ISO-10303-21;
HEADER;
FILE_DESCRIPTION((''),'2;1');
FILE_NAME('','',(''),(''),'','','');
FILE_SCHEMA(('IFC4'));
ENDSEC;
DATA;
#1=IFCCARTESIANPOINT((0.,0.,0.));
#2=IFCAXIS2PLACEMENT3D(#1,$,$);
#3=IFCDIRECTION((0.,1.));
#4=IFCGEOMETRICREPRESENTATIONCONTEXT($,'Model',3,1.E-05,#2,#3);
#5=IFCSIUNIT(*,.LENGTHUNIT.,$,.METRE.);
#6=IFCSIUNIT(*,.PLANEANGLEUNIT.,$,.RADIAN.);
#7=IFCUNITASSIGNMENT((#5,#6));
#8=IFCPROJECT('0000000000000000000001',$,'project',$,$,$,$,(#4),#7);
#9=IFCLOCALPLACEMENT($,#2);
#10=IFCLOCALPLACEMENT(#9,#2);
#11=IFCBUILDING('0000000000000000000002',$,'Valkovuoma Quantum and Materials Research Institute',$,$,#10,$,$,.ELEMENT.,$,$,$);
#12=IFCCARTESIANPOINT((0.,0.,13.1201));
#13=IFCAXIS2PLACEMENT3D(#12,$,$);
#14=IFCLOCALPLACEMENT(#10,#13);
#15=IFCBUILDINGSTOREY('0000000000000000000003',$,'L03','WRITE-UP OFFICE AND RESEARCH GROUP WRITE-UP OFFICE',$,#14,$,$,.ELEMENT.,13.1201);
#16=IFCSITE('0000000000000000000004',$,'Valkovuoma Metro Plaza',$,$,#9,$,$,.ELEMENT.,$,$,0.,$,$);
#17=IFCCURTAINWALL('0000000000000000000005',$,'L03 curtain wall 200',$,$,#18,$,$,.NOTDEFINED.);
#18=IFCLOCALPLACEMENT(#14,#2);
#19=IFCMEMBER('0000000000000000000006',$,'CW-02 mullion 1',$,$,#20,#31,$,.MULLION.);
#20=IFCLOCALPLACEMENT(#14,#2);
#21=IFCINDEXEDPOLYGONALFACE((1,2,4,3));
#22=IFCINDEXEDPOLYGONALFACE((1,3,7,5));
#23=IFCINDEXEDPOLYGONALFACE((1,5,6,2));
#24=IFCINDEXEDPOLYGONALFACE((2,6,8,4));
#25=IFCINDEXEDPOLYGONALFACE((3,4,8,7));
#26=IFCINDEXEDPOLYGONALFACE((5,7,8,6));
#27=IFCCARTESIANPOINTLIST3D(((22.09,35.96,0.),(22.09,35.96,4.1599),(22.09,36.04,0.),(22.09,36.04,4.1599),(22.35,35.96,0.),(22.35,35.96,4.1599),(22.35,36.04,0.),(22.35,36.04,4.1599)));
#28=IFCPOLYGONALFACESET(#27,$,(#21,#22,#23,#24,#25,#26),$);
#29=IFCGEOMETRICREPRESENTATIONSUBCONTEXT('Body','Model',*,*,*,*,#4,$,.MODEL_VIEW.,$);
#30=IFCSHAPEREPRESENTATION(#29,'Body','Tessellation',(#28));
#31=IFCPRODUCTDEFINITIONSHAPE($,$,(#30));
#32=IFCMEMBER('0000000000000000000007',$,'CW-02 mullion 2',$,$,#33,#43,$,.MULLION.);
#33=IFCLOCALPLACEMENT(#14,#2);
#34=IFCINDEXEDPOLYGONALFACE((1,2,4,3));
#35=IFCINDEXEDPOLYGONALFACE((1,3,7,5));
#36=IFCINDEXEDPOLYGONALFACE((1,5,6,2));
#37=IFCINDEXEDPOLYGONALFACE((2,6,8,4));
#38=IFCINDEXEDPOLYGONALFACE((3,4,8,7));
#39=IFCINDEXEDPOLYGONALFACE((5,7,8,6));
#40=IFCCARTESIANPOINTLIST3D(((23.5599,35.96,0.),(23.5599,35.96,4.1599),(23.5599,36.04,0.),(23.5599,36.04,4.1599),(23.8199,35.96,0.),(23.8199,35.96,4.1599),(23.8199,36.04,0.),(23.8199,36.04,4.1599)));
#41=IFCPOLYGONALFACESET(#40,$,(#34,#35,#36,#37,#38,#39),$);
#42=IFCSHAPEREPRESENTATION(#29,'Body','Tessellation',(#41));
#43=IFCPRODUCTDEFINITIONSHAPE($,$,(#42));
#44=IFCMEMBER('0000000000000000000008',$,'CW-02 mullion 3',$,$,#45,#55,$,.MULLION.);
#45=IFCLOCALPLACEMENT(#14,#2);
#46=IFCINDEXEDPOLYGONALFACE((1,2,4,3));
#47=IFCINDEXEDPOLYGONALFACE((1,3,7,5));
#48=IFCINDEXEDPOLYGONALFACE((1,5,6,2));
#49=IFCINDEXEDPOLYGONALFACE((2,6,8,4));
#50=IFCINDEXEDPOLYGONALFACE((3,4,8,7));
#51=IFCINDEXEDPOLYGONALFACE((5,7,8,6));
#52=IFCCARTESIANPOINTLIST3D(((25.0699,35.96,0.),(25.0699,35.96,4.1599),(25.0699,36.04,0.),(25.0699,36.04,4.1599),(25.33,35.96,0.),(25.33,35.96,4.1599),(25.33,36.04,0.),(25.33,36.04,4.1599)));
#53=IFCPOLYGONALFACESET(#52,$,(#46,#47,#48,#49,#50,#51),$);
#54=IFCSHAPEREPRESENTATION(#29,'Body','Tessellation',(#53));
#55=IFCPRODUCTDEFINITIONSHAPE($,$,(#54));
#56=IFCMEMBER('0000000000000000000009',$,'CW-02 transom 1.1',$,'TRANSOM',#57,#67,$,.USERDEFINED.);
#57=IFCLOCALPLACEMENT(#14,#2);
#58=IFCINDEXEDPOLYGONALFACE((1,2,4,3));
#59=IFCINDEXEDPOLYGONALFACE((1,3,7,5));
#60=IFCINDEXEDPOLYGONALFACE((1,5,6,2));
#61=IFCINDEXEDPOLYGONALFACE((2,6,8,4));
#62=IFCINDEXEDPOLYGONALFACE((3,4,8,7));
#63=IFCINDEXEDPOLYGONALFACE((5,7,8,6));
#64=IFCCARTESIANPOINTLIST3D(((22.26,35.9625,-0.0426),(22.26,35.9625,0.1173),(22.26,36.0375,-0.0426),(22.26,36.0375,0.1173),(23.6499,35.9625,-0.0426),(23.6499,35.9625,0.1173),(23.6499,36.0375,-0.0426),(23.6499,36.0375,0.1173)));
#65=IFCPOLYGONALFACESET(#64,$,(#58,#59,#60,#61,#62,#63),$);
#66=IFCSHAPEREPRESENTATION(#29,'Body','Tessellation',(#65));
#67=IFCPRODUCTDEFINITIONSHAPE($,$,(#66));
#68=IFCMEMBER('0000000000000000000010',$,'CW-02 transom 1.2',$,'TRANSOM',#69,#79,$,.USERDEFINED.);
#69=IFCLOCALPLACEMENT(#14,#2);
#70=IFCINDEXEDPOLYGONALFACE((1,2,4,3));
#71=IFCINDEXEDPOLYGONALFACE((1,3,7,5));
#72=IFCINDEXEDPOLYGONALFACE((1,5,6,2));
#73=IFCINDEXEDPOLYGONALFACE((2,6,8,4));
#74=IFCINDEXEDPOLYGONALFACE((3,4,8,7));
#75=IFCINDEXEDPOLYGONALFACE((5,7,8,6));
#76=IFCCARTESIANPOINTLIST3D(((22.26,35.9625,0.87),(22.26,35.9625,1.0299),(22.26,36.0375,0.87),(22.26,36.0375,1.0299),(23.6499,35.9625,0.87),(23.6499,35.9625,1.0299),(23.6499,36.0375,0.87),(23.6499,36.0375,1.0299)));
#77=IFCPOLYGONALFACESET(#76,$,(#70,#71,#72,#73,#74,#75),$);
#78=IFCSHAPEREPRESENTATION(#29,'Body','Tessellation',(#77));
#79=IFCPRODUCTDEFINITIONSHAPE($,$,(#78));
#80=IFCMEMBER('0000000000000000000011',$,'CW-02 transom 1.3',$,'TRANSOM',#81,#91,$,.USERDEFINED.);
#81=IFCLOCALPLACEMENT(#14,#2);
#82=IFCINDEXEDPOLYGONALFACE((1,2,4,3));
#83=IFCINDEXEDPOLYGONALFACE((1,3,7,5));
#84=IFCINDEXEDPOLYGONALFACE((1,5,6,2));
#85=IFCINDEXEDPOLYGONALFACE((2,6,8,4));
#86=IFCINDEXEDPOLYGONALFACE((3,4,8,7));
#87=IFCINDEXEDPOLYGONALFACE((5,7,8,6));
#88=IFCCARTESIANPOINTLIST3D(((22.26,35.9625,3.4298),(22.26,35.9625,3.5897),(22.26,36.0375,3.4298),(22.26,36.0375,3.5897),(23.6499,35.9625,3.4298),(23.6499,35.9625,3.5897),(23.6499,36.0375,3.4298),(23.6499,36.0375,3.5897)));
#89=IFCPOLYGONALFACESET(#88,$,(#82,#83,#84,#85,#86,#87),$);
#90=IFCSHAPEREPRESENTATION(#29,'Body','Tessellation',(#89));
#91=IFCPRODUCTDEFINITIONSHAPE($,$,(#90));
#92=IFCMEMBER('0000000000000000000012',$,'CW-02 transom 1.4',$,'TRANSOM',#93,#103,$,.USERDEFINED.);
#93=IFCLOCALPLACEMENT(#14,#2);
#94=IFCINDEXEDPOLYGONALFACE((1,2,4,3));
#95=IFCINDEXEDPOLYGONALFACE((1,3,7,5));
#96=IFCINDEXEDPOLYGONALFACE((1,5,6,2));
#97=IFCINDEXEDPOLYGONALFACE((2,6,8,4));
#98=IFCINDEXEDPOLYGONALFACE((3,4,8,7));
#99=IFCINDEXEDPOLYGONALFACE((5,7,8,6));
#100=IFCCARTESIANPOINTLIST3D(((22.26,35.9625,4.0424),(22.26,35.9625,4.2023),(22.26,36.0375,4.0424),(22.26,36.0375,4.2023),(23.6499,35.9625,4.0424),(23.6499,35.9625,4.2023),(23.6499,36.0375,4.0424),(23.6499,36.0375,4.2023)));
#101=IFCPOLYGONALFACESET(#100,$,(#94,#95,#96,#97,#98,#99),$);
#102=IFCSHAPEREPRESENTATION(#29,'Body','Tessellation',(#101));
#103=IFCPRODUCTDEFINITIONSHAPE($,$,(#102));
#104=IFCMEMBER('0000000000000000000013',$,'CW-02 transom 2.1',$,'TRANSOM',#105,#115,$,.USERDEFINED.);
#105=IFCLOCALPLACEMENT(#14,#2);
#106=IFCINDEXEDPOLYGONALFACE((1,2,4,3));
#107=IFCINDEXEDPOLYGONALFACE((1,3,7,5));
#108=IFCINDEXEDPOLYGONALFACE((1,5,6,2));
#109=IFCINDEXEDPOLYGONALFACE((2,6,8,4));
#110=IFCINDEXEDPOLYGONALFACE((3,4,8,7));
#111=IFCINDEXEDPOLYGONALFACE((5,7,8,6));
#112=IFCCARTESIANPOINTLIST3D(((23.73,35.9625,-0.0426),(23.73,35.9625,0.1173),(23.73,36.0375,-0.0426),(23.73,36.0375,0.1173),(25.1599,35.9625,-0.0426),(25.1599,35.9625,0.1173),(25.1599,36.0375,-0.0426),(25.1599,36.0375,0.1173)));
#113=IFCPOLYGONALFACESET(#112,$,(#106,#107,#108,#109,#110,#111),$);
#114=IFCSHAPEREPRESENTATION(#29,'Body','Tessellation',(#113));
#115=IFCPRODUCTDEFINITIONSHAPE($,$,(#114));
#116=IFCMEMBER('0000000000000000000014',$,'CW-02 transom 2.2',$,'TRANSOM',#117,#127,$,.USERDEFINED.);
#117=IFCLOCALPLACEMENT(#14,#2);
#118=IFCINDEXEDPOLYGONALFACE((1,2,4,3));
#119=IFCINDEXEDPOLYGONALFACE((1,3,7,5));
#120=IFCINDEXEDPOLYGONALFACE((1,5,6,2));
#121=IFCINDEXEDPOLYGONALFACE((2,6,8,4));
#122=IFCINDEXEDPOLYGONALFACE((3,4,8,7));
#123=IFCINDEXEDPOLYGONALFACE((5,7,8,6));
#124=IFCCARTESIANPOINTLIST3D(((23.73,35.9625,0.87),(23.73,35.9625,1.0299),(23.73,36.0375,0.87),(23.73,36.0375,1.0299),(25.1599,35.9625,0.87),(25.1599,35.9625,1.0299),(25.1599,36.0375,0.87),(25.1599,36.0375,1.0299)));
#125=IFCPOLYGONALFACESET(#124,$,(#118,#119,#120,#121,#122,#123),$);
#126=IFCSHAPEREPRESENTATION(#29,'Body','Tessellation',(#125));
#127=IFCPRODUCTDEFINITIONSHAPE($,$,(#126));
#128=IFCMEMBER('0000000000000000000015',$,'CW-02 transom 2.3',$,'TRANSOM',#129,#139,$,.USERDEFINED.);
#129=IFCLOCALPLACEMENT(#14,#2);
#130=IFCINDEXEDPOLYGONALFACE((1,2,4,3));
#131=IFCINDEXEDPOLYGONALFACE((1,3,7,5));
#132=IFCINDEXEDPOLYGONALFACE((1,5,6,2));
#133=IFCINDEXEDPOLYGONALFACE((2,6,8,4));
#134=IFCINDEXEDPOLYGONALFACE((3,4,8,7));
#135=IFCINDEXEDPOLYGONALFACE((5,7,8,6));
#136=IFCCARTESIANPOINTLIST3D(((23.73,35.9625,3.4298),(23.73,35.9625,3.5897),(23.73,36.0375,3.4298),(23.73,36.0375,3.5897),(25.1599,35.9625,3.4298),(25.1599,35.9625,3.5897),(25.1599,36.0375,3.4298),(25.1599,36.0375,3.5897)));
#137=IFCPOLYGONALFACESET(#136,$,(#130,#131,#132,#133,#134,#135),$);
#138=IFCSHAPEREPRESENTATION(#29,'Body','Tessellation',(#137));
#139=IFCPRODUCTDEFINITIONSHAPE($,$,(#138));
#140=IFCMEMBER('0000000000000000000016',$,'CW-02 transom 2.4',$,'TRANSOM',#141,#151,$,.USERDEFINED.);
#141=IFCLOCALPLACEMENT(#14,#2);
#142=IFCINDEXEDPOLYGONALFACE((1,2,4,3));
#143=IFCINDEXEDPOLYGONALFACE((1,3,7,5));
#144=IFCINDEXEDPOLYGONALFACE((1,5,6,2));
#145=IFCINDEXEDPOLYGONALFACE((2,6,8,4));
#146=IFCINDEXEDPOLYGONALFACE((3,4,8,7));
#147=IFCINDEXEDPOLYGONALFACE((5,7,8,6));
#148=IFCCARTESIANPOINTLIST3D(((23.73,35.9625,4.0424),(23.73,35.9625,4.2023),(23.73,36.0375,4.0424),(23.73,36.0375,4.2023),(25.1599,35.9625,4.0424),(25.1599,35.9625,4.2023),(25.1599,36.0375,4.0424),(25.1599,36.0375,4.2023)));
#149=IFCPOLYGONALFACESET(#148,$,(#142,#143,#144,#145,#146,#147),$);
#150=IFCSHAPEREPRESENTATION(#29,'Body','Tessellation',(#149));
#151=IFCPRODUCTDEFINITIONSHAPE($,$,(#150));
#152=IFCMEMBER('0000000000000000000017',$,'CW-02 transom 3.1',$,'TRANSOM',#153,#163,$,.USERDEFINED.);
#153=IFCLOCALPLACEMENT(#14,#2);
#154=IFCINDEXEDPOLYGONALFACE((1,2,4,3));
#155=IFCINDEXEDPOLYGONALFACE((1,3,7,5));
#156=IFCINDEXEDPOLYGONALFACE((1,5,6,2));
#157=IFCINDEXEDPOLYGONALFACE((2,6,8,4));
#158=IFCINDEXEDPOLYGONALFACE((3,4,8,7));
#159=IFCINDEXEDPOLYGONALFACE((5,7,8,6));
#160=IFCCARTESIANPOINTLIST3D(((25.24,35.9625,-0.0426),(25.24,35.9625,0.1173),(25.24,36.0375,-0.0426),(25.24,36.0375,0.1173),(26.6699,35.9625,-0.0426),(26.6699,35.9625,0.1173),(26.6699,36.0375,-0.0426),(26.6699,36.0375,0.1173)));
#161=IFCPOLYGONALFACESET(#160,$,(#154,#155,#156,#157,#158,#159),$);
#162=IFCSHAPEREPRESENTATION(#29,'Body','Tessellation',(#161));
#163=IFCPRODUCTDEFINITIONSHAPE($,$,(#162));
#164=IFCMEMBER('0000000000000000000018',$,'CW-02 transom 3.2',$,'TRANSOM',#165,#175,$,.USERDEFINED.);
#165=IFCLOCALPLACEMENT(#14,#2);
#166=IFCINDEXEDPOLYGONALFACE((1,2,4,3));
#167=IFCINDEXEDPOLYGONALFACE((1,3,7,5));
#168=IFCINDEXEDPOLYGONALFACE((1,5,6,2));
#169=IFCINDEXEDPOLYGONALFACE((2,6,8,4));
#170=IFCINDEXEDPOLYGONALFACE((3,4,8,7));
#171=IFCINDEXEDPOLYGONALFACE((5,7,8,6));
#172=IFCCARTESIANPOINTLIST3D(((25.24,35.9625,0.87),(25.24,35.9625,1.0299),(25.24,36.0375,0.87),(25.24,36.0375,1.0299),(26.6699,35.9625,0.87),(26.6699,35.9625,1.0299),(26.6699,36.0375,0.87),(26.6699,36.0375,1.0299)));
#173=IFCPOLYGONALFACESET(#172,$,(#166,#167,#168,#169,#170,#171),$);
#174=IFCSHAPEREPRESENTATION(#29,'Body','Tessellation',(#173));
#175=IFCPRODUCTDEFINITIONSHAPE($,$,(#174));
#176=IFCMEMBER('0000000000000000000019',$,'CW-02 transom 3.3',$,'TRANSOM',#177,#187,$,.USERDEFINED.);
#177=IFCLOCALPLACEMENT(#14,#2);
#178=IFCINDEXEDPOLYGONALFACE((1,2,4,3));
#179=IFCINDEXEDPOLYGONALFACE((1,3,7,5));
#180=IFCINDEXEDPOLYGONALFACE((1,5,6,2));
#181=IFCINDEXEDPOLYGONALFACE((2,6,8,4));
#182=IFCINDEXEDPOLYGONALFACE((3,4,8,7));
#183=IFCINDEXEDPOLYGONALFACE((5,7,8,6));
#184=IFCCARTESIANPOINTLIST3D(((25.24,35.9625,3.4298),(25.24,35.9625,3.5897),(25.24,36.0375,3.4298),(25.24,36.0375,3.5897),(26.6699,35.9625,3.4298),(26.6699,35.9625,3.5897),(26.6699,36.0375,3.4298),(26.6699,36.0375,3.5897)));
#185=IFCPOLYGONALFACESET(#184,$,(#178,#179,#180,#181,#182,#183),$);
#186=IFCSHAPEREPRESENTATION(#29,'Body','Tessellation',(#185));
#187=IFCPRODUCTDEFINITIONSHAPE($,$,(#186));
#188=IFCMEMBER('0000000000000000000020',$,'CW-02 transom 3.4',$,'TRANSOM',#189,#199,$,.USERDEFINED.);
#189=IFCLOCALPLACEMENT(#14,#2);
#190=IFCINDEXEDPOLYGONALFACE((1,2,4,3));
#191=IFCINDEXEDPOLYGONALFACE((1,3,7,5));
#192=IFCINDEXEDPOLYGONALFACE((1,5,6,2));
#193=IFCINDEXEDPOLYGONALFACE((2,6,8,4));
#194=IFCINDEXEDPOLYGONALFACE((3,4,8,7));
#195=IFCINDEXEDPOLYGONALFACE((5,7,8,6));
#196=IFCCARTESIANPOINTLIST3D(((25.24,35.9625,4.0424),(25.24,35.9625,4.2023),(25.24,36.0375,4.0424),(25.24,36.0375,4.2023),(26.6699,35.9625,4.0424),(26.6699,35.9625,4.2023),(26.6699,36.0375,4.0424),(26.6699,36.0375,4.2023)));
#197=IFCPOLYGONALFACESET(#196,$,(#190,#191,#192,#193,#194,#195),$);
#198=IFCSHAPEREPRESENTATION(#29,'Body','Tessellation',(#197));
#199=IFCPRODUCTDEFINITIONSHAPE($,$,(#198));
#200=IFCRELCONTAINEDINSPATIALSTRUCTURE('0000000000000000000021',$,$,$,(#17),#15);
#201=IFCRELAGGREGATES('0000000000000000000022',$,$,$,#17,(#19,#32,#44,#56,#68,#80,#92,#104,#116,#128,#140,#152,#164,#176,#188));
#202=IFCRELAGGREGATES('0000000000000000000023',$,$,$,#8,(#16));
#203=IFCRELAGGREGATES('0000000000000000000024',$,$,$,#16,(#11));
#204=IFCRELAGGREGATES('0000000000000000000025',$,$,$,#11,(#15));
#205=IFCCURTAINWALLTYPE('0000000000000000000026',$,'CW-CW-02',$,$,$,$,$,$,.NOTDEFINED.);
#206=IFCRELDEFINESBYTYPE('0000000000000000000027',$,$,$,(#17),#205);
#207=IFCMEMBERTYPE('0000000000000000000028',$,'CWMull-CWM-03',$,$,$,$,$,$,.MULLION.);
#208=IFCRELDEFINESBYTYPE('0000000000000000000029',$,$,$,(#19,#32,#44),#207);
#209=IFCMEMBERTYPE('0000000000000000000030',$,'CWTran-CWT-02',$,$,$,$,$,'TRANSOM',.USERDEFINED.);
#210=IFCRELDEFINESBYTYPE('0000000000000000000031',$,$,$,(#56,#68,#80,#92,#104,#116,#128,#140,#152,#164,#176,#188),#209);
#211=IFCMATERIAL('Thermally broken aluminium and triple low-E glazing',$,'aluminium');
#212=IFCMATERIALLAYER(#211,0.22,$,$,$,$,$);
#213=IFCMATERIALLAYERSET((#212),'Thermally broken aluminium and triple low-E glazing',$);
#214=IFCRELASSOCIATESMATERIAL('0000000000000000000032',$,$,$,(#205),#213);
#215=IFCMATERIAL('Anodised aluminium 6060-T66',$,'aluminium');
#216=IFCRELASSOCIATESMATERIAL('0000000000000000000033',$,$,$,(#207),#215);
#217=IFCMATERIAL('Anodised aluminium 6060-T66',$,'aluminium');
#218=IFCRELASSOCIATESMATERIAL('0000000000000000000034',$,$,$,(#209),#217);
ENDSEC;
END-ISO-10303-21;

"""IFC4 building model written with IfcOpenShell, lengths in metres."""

from ifc_helpers import new_model, si_unit, direction, frame, origin, origin_2d, place, context, subcontext, project, spatial, rectangle, extrude, material, layer, layer_set, material_profile, profile_set, type_object, element, aggregate, save


model = new_model("IFC4")

# Units and contexts
model_context = context("Model", 3, precision=1e-05, world=origin(), true_north=direction((0.0, 1.0)))
body_context = subcontext(model_context, "Body", "Model", "MODEL_VIEW")
ifc_project = project(units=[si_unit("LENGTHUNIT", "METRE"), si_unit("PLANEANGLEUNIT", "RADIAN")], contexts=[model_context])

# Site, building, storey
site_placement = place(None, origin())
site = spatial("IfcSite", under=ifc_project, at=site_placement, Name="Valkovuoma Metro Plaza", CompositionType="ELEMENT", RefElevation=0.0)
building_placement = place(site_placement, origin())
building = spatial("IfcBuilding", under=site, at=building_placement, Name="Valkovuoma Quantum and Materials Research Institute", CompositionType="ELEMENT")
storey_placement = place(building_placement, frame((0.0, 0.0, 13.1201)))
storey = spatial("IfcBuildingStorey", under=building, at=storey_placement, Name="L03", Description="WRITE-UP OFFICE AND RESEARCH GROUP WRITE-UP OFFICE", CompositionType="ELEMENT", Elevation=13.1201)

# Shared definitions
ifc_material_1 = material(Name="Thermally broken aluminium and triple low-E glazing", Category="aluminium")
ifc_layer_1 = layer(ifc_material_1, 0.22)
ifc_layer_set_1 = layer_set([ifc_layer_1], Name="Thermally broken aluminium and triple low-E glazing")
curtain_wall_type = type_object("IfcCurtainWallType", Name="CW-CW-02", PredefinedType="NOTDEFINED", material=ifc_layer_set_1)
ifc_material_2 = material(Name="Anodised aluminium 6060-T66", Category="aluminium")
ifc_material_profile_1 = material_profile(ifc_material_2, rectangle(XDim=0.0801, YDim=0.26, at=origin_2d()), Name="Anodised aluminium 6060-T66")
ifc_profile_set_1 = profile_set([ifc_material_profile_1], Name="Anodised aluminium 6060-T66")
member_type_1 = type_object("IfcMemberType", Name="CWMull-CWM-03", PredefinedType="MULLION", material=ifc_profile_set_1)

# Curtain wall, members
curtain_wall_1_placement = place(storey_placement, origin())
curtain_wall_1 = element("IfcCurtainWall", 1, at=curtain_wall_1_placement, inside=storey, type_object=curtain_wall_type, Name="L03 curtain wall 200", PredefinedType="NOTDEFINED")
member_1_placement = place(storey_placement, frame((22.22, 36.0, 0.0), z_axis=(0.0, 0.0, 1.0), x_axis=(0.0, 1.0, 0.0)))
member_1 = element("IfcMember", 2, at=member_1_placement, type_object=member_type_1, Name="CW-02 mullion 1", PredefinedType="MULLION", context=body_context, shape_type="SweptSolid", body=[
    extrude(rectangle(XDim=0.0801, YDim=0.26, at=origin_2d()), origin(), (0.0, 0.0, 1.0), 4.1599),
])
member_2_placement = place(storey_placement, frame((23.6899, 36.0, 0.0), z_axis=(0.0, 0.0, 1.0), x_axis=(0.0, 1.0, 0.0)))
member_2 = element("IfcMember", 3, at=member_2_placement, type_object=member_type_1, Name="CW-02 mullion 2", PredefinedType="MULLION", context=body_context, shape_type="SweptSolid", body=[
    extrude(rectangle(XDim=0.0801, YDim=0.26, at=origin_2d()), origin(), (0.0, 0.0, 1.0), 4.1599),
])
member_3_placement = place(storey_placement, frame((25.2, 36.0, 0.0), z_axis=(0.0, 0.0, 1.0), x_axis=(0.0, 1.0, 0.0)))
member_3 = element("IfcMember", 4, at=member_3_placement, type_object=member_type_1, Name="CW-02 mullion 3", PredefinedType="MULLION", context=body_context, shape_type="SweptSolid", body=[
    extrude(rectangle(XDim=0.0801, YDim=0.26, at=origin_2d()), origin(), (0.0, 0.0, 1.0), 4.1599),
])
ifc_material_3 = material(Name="Anodised aluminium 6060-T66", Category="aluminium")
ifc_material_profile_2 = material_profile(ifc_material_3, rectangle(XDim=0.075, YDim=0.1599, at=origin_2d()), Name="Anodised aluminium 6060-T66")
ifc_profile_set_2 = profile_set([ifc_material_profile_2], Name="Anodised aluminium 6060-T66")
member_type_2 = type_object("IfcMemberType", Name="CWTran-CWT-02", ElementType="TRANSOM", PredefinedType="USERDEFINED", material=ifc_profile_set_2)
member_4_placement = place(storey_placement, frame((22.26, 36.0, 0.0374), z_axis=(1.0, 0.0, 0.0), x_axis=(0.0, 1.0, 0.0)))
member_4 = element("IfcMember", 5, at=member_4_placement, type_object=member_type_2, Name="CW-02 transom 1.1", ObjectType="TRANSOM", PredefinedType="USERDEFINED", context=body_context, shape_type="SweptSolid", body=[
    extrude(rectangle(XDim=0.075, YDim=0.1599, at=origin_2d()), origin(), (0.0, 0.0, 1.0), 1.3899),
])
member_5_placement = place(storey_placement, frame((22.26, 36.0, 0.95), z_axis=(1.0, 0.0, 0.0), x_axis=(0.0, 1.0, 0.0)))
member_5 = element("IfcMember", 6, at=member_5_placement, type_object=member_type_2, Name="CW-02 transom 1.2", ObjectType="TRANSOM", PredefinedType="USERDEFINED", context=body_context, shape_type="SweptSolid", body=[
    extrude(rectangle(XDim=0.075, YDim=0.1599, at=origin_2d()), origin(), (0.0, 0.0, 1.0), 1.3899),
])
member_6_placement = place(storey_placement, frame((22.26, 36.0, 3.5098), z_axis=(1.0, 0.0, 0.0), x_axis=(0.0, 1.0, 0.0)))
member_6 = element("IfcMember", 7, at=member_6_placement, type_object=member_type_2, Name="CW-02 transom 1.3", ObjectType="TRANSOM", PredefinedType="USERDEFINED", context=body_context, shape_type="SweptSolid", body=[
    extrude(rectangle(XDim=0.075, YDim=0.1599, at=origin_2d()), origin(), (0.0, 0.0, 1.0), 1.3899),
])
member_7_placement = place(storey_placement, frame((22.26, 36.0, 4.1223), z_axis=(1.0, 0.0, 0.0), x_axis=(0.0, 1.0, 0.0)))
member_7 = element("IfcMember", 8, at=member_7_placement, type_object=member_type_2, Name="CW-02 transom 1.4", ObjectType="TRANSOM", PredefinedType="USERDEFINED", context=body_context, shape_type="SweptSolid", body=[
    extrude(rectangle(XDim=0.075, YDim=0.1599, at=origin_2d()), origin(), (0.0, 0.0, 1.0), 1.3899),
])
member_8_placement = place(storey_placement, frame((23.73, 36.0, 0.0374), z_axis=(1.0, 0.0, 0.0), x_axis=(0.0, 1.0, 0.0)))
member_8 = element("IfcMember", 9, at=member_8_placement, type_object=member_type_2, Name="CW-02 transom 2.1", ObjectType="TRANSOM", PredefinedType="USERDEFINED", context=body_context, shape_type="SweptSolid", body=[
    extrude(rectangle(XDim=0.075, YDim=0.1599, at=origin_2d()), origin(), (0.0, 0.0, 1.0), 1.4299),
])
member_9_placement = place(storey_placement, frame((23.73, 36.0, 0.95), z_axis=(1.0, 0.0, 0.0), x_axis=(0.0, 1.0, 0.0)))
member_9 = element("IfcMember", 10, at=member_9_placement, type_object=member_type_2, Name="CW-02 transom 2.2", ObjectType="TRANSOM", PredefinedType="USERDEFINED", context=body_context, shape_type="SweptSolid", body=[
    extrude(rectangle(XDim=0.075, YDim=0.1599, at=origin_2d()), origin(), (0.0, 0.0, 1.0), 1.4299),
])
member_10_placement = place(storey_placement, frame((23.73, 36.0, 3.5098), z_axis=(1.0, 0.0, 0.0), x_axis=(0.0, 1.0, 0.0)))
member_10 = element("IfcMember", 11, at=member_10_placement, type_object=member_type_2, Name="CW-02 transom 2.3", ObjectType="TRANSOM", PredefinedType="USERDEFINED", context=body_context, shape_type="SweptSolid", body=[
    extrude(rectangle(XDim=0.075, YDim=0.1599, at=origin_2d()), origin(), (0.0, 0.0, 1.0), 1.4299),
])
member_11_placement = place(storey_placement, frame((23.73, 36.0, 4.1223), z_axis=(1.0, 0.0, 0.0), x_axis=(0.0, 1.0, 0.0)))
member_11 = element("IfcMember", 12, at=member_11_placement, type_object=member_type_2, Name="CW-02 transom 2.4", ObjectType="TRANSOM", PredefinedType="USERDEFINED", context=body_context, shape_type="SweptSolid", body=[
    extrude(rectangle(XDim=0.075, YDim=0.1599, at=origin_2d()), origin(), (0.0, 0.0, 1.0), 1.4299),
])
member_12_placement = place(storey_placement, frame((25.24, 36.0, 0.0374), z_axis=(1.0, 0.0, 0.0), x_axis=(0.0, 1.0, 0.0)))
member_12 = element("IfcMember", 13, at=member_12_placement, type_object=member_type_2, Name="CW-02 transom 3.1", ObjectType="TRANSOM", PredefinedType="USERDEFINED", context=body_context, shape_type="SweptSolid", body=[
    extrude(rectangle(XDim=0.075, YDim=0.1599, at=origin_2d()), origin(), (0.0, 0.0, 1.0), 1.4299),
])
member_13_placement = place(storey_placement, frame((25.24, 36.0, 0.95), z_axis=(1.0, 0.0, 0.0), x_axis=(0.0, 1.0, 0.0)))
member_13 = element("IfcMember", 14, at=member_13_placement, type_object=member_type_2, Name="CW-02 transom 3.2", ObjectType="TRANSOM", PredefinedType="USERDEFINED", context=body_context, shape_type="SweptSolid", body=[
    extrude(rectangle(XDim=0.075, YDim=0.1599, at=origin_2d()), origin(), (0.0, 0.0, 1.0), 1.4299),
])
member_14_placement = place(storey_placement, frame((25.24, 36.0, 3.5098), z_axis=(1.0, 0.0, 0.0), x_axis=(0.0, 1.0, 0.0)))
member_14 = element("IfcMember", 15, at=member_14_placement, type_object=member_type_2, Name="CW-02 transom 3.3", ObjectType="TRANSOM", PredefinedType="USERDEFINED", context=body_context, shape_type="SweptSolid", body=[
    extrude(rectangle(XDim=0.075, YDim=0.1599, at=origin_2d()), origin(), (0.0, 0.0, 1.0), 1.4299),
])
member_15_placement = place(storey_placement, frame((25.24, 36.0, 4.1223), z_axis=(1.0, 0.0, 0.0), x_axis=(0.0, 1.0, 0.0)))
member_15 = element("IfcMember", 16, at=member_15_placement, type_object=member_type_2, Name="CW-02 transom 3.4", ObjectType="TRANSOM", PredefinedType="USERDEFINED", context=body_context, shape_type="SweptSolid", body=[
    extrude(rectangle(XDim=0.075, YDim=0.1599, at=origin_2d()), origin(), (0.0, 0.0, 1.0), 1.4299),
])

aggregate(curtain_wall_1, [member_1, member_2, member_3, member_4, member_5, member_6, member_7, member_8, member_9, member_10, member_11, member_12, member_13, member_14, member_15])

save(model, "model.ifc")
